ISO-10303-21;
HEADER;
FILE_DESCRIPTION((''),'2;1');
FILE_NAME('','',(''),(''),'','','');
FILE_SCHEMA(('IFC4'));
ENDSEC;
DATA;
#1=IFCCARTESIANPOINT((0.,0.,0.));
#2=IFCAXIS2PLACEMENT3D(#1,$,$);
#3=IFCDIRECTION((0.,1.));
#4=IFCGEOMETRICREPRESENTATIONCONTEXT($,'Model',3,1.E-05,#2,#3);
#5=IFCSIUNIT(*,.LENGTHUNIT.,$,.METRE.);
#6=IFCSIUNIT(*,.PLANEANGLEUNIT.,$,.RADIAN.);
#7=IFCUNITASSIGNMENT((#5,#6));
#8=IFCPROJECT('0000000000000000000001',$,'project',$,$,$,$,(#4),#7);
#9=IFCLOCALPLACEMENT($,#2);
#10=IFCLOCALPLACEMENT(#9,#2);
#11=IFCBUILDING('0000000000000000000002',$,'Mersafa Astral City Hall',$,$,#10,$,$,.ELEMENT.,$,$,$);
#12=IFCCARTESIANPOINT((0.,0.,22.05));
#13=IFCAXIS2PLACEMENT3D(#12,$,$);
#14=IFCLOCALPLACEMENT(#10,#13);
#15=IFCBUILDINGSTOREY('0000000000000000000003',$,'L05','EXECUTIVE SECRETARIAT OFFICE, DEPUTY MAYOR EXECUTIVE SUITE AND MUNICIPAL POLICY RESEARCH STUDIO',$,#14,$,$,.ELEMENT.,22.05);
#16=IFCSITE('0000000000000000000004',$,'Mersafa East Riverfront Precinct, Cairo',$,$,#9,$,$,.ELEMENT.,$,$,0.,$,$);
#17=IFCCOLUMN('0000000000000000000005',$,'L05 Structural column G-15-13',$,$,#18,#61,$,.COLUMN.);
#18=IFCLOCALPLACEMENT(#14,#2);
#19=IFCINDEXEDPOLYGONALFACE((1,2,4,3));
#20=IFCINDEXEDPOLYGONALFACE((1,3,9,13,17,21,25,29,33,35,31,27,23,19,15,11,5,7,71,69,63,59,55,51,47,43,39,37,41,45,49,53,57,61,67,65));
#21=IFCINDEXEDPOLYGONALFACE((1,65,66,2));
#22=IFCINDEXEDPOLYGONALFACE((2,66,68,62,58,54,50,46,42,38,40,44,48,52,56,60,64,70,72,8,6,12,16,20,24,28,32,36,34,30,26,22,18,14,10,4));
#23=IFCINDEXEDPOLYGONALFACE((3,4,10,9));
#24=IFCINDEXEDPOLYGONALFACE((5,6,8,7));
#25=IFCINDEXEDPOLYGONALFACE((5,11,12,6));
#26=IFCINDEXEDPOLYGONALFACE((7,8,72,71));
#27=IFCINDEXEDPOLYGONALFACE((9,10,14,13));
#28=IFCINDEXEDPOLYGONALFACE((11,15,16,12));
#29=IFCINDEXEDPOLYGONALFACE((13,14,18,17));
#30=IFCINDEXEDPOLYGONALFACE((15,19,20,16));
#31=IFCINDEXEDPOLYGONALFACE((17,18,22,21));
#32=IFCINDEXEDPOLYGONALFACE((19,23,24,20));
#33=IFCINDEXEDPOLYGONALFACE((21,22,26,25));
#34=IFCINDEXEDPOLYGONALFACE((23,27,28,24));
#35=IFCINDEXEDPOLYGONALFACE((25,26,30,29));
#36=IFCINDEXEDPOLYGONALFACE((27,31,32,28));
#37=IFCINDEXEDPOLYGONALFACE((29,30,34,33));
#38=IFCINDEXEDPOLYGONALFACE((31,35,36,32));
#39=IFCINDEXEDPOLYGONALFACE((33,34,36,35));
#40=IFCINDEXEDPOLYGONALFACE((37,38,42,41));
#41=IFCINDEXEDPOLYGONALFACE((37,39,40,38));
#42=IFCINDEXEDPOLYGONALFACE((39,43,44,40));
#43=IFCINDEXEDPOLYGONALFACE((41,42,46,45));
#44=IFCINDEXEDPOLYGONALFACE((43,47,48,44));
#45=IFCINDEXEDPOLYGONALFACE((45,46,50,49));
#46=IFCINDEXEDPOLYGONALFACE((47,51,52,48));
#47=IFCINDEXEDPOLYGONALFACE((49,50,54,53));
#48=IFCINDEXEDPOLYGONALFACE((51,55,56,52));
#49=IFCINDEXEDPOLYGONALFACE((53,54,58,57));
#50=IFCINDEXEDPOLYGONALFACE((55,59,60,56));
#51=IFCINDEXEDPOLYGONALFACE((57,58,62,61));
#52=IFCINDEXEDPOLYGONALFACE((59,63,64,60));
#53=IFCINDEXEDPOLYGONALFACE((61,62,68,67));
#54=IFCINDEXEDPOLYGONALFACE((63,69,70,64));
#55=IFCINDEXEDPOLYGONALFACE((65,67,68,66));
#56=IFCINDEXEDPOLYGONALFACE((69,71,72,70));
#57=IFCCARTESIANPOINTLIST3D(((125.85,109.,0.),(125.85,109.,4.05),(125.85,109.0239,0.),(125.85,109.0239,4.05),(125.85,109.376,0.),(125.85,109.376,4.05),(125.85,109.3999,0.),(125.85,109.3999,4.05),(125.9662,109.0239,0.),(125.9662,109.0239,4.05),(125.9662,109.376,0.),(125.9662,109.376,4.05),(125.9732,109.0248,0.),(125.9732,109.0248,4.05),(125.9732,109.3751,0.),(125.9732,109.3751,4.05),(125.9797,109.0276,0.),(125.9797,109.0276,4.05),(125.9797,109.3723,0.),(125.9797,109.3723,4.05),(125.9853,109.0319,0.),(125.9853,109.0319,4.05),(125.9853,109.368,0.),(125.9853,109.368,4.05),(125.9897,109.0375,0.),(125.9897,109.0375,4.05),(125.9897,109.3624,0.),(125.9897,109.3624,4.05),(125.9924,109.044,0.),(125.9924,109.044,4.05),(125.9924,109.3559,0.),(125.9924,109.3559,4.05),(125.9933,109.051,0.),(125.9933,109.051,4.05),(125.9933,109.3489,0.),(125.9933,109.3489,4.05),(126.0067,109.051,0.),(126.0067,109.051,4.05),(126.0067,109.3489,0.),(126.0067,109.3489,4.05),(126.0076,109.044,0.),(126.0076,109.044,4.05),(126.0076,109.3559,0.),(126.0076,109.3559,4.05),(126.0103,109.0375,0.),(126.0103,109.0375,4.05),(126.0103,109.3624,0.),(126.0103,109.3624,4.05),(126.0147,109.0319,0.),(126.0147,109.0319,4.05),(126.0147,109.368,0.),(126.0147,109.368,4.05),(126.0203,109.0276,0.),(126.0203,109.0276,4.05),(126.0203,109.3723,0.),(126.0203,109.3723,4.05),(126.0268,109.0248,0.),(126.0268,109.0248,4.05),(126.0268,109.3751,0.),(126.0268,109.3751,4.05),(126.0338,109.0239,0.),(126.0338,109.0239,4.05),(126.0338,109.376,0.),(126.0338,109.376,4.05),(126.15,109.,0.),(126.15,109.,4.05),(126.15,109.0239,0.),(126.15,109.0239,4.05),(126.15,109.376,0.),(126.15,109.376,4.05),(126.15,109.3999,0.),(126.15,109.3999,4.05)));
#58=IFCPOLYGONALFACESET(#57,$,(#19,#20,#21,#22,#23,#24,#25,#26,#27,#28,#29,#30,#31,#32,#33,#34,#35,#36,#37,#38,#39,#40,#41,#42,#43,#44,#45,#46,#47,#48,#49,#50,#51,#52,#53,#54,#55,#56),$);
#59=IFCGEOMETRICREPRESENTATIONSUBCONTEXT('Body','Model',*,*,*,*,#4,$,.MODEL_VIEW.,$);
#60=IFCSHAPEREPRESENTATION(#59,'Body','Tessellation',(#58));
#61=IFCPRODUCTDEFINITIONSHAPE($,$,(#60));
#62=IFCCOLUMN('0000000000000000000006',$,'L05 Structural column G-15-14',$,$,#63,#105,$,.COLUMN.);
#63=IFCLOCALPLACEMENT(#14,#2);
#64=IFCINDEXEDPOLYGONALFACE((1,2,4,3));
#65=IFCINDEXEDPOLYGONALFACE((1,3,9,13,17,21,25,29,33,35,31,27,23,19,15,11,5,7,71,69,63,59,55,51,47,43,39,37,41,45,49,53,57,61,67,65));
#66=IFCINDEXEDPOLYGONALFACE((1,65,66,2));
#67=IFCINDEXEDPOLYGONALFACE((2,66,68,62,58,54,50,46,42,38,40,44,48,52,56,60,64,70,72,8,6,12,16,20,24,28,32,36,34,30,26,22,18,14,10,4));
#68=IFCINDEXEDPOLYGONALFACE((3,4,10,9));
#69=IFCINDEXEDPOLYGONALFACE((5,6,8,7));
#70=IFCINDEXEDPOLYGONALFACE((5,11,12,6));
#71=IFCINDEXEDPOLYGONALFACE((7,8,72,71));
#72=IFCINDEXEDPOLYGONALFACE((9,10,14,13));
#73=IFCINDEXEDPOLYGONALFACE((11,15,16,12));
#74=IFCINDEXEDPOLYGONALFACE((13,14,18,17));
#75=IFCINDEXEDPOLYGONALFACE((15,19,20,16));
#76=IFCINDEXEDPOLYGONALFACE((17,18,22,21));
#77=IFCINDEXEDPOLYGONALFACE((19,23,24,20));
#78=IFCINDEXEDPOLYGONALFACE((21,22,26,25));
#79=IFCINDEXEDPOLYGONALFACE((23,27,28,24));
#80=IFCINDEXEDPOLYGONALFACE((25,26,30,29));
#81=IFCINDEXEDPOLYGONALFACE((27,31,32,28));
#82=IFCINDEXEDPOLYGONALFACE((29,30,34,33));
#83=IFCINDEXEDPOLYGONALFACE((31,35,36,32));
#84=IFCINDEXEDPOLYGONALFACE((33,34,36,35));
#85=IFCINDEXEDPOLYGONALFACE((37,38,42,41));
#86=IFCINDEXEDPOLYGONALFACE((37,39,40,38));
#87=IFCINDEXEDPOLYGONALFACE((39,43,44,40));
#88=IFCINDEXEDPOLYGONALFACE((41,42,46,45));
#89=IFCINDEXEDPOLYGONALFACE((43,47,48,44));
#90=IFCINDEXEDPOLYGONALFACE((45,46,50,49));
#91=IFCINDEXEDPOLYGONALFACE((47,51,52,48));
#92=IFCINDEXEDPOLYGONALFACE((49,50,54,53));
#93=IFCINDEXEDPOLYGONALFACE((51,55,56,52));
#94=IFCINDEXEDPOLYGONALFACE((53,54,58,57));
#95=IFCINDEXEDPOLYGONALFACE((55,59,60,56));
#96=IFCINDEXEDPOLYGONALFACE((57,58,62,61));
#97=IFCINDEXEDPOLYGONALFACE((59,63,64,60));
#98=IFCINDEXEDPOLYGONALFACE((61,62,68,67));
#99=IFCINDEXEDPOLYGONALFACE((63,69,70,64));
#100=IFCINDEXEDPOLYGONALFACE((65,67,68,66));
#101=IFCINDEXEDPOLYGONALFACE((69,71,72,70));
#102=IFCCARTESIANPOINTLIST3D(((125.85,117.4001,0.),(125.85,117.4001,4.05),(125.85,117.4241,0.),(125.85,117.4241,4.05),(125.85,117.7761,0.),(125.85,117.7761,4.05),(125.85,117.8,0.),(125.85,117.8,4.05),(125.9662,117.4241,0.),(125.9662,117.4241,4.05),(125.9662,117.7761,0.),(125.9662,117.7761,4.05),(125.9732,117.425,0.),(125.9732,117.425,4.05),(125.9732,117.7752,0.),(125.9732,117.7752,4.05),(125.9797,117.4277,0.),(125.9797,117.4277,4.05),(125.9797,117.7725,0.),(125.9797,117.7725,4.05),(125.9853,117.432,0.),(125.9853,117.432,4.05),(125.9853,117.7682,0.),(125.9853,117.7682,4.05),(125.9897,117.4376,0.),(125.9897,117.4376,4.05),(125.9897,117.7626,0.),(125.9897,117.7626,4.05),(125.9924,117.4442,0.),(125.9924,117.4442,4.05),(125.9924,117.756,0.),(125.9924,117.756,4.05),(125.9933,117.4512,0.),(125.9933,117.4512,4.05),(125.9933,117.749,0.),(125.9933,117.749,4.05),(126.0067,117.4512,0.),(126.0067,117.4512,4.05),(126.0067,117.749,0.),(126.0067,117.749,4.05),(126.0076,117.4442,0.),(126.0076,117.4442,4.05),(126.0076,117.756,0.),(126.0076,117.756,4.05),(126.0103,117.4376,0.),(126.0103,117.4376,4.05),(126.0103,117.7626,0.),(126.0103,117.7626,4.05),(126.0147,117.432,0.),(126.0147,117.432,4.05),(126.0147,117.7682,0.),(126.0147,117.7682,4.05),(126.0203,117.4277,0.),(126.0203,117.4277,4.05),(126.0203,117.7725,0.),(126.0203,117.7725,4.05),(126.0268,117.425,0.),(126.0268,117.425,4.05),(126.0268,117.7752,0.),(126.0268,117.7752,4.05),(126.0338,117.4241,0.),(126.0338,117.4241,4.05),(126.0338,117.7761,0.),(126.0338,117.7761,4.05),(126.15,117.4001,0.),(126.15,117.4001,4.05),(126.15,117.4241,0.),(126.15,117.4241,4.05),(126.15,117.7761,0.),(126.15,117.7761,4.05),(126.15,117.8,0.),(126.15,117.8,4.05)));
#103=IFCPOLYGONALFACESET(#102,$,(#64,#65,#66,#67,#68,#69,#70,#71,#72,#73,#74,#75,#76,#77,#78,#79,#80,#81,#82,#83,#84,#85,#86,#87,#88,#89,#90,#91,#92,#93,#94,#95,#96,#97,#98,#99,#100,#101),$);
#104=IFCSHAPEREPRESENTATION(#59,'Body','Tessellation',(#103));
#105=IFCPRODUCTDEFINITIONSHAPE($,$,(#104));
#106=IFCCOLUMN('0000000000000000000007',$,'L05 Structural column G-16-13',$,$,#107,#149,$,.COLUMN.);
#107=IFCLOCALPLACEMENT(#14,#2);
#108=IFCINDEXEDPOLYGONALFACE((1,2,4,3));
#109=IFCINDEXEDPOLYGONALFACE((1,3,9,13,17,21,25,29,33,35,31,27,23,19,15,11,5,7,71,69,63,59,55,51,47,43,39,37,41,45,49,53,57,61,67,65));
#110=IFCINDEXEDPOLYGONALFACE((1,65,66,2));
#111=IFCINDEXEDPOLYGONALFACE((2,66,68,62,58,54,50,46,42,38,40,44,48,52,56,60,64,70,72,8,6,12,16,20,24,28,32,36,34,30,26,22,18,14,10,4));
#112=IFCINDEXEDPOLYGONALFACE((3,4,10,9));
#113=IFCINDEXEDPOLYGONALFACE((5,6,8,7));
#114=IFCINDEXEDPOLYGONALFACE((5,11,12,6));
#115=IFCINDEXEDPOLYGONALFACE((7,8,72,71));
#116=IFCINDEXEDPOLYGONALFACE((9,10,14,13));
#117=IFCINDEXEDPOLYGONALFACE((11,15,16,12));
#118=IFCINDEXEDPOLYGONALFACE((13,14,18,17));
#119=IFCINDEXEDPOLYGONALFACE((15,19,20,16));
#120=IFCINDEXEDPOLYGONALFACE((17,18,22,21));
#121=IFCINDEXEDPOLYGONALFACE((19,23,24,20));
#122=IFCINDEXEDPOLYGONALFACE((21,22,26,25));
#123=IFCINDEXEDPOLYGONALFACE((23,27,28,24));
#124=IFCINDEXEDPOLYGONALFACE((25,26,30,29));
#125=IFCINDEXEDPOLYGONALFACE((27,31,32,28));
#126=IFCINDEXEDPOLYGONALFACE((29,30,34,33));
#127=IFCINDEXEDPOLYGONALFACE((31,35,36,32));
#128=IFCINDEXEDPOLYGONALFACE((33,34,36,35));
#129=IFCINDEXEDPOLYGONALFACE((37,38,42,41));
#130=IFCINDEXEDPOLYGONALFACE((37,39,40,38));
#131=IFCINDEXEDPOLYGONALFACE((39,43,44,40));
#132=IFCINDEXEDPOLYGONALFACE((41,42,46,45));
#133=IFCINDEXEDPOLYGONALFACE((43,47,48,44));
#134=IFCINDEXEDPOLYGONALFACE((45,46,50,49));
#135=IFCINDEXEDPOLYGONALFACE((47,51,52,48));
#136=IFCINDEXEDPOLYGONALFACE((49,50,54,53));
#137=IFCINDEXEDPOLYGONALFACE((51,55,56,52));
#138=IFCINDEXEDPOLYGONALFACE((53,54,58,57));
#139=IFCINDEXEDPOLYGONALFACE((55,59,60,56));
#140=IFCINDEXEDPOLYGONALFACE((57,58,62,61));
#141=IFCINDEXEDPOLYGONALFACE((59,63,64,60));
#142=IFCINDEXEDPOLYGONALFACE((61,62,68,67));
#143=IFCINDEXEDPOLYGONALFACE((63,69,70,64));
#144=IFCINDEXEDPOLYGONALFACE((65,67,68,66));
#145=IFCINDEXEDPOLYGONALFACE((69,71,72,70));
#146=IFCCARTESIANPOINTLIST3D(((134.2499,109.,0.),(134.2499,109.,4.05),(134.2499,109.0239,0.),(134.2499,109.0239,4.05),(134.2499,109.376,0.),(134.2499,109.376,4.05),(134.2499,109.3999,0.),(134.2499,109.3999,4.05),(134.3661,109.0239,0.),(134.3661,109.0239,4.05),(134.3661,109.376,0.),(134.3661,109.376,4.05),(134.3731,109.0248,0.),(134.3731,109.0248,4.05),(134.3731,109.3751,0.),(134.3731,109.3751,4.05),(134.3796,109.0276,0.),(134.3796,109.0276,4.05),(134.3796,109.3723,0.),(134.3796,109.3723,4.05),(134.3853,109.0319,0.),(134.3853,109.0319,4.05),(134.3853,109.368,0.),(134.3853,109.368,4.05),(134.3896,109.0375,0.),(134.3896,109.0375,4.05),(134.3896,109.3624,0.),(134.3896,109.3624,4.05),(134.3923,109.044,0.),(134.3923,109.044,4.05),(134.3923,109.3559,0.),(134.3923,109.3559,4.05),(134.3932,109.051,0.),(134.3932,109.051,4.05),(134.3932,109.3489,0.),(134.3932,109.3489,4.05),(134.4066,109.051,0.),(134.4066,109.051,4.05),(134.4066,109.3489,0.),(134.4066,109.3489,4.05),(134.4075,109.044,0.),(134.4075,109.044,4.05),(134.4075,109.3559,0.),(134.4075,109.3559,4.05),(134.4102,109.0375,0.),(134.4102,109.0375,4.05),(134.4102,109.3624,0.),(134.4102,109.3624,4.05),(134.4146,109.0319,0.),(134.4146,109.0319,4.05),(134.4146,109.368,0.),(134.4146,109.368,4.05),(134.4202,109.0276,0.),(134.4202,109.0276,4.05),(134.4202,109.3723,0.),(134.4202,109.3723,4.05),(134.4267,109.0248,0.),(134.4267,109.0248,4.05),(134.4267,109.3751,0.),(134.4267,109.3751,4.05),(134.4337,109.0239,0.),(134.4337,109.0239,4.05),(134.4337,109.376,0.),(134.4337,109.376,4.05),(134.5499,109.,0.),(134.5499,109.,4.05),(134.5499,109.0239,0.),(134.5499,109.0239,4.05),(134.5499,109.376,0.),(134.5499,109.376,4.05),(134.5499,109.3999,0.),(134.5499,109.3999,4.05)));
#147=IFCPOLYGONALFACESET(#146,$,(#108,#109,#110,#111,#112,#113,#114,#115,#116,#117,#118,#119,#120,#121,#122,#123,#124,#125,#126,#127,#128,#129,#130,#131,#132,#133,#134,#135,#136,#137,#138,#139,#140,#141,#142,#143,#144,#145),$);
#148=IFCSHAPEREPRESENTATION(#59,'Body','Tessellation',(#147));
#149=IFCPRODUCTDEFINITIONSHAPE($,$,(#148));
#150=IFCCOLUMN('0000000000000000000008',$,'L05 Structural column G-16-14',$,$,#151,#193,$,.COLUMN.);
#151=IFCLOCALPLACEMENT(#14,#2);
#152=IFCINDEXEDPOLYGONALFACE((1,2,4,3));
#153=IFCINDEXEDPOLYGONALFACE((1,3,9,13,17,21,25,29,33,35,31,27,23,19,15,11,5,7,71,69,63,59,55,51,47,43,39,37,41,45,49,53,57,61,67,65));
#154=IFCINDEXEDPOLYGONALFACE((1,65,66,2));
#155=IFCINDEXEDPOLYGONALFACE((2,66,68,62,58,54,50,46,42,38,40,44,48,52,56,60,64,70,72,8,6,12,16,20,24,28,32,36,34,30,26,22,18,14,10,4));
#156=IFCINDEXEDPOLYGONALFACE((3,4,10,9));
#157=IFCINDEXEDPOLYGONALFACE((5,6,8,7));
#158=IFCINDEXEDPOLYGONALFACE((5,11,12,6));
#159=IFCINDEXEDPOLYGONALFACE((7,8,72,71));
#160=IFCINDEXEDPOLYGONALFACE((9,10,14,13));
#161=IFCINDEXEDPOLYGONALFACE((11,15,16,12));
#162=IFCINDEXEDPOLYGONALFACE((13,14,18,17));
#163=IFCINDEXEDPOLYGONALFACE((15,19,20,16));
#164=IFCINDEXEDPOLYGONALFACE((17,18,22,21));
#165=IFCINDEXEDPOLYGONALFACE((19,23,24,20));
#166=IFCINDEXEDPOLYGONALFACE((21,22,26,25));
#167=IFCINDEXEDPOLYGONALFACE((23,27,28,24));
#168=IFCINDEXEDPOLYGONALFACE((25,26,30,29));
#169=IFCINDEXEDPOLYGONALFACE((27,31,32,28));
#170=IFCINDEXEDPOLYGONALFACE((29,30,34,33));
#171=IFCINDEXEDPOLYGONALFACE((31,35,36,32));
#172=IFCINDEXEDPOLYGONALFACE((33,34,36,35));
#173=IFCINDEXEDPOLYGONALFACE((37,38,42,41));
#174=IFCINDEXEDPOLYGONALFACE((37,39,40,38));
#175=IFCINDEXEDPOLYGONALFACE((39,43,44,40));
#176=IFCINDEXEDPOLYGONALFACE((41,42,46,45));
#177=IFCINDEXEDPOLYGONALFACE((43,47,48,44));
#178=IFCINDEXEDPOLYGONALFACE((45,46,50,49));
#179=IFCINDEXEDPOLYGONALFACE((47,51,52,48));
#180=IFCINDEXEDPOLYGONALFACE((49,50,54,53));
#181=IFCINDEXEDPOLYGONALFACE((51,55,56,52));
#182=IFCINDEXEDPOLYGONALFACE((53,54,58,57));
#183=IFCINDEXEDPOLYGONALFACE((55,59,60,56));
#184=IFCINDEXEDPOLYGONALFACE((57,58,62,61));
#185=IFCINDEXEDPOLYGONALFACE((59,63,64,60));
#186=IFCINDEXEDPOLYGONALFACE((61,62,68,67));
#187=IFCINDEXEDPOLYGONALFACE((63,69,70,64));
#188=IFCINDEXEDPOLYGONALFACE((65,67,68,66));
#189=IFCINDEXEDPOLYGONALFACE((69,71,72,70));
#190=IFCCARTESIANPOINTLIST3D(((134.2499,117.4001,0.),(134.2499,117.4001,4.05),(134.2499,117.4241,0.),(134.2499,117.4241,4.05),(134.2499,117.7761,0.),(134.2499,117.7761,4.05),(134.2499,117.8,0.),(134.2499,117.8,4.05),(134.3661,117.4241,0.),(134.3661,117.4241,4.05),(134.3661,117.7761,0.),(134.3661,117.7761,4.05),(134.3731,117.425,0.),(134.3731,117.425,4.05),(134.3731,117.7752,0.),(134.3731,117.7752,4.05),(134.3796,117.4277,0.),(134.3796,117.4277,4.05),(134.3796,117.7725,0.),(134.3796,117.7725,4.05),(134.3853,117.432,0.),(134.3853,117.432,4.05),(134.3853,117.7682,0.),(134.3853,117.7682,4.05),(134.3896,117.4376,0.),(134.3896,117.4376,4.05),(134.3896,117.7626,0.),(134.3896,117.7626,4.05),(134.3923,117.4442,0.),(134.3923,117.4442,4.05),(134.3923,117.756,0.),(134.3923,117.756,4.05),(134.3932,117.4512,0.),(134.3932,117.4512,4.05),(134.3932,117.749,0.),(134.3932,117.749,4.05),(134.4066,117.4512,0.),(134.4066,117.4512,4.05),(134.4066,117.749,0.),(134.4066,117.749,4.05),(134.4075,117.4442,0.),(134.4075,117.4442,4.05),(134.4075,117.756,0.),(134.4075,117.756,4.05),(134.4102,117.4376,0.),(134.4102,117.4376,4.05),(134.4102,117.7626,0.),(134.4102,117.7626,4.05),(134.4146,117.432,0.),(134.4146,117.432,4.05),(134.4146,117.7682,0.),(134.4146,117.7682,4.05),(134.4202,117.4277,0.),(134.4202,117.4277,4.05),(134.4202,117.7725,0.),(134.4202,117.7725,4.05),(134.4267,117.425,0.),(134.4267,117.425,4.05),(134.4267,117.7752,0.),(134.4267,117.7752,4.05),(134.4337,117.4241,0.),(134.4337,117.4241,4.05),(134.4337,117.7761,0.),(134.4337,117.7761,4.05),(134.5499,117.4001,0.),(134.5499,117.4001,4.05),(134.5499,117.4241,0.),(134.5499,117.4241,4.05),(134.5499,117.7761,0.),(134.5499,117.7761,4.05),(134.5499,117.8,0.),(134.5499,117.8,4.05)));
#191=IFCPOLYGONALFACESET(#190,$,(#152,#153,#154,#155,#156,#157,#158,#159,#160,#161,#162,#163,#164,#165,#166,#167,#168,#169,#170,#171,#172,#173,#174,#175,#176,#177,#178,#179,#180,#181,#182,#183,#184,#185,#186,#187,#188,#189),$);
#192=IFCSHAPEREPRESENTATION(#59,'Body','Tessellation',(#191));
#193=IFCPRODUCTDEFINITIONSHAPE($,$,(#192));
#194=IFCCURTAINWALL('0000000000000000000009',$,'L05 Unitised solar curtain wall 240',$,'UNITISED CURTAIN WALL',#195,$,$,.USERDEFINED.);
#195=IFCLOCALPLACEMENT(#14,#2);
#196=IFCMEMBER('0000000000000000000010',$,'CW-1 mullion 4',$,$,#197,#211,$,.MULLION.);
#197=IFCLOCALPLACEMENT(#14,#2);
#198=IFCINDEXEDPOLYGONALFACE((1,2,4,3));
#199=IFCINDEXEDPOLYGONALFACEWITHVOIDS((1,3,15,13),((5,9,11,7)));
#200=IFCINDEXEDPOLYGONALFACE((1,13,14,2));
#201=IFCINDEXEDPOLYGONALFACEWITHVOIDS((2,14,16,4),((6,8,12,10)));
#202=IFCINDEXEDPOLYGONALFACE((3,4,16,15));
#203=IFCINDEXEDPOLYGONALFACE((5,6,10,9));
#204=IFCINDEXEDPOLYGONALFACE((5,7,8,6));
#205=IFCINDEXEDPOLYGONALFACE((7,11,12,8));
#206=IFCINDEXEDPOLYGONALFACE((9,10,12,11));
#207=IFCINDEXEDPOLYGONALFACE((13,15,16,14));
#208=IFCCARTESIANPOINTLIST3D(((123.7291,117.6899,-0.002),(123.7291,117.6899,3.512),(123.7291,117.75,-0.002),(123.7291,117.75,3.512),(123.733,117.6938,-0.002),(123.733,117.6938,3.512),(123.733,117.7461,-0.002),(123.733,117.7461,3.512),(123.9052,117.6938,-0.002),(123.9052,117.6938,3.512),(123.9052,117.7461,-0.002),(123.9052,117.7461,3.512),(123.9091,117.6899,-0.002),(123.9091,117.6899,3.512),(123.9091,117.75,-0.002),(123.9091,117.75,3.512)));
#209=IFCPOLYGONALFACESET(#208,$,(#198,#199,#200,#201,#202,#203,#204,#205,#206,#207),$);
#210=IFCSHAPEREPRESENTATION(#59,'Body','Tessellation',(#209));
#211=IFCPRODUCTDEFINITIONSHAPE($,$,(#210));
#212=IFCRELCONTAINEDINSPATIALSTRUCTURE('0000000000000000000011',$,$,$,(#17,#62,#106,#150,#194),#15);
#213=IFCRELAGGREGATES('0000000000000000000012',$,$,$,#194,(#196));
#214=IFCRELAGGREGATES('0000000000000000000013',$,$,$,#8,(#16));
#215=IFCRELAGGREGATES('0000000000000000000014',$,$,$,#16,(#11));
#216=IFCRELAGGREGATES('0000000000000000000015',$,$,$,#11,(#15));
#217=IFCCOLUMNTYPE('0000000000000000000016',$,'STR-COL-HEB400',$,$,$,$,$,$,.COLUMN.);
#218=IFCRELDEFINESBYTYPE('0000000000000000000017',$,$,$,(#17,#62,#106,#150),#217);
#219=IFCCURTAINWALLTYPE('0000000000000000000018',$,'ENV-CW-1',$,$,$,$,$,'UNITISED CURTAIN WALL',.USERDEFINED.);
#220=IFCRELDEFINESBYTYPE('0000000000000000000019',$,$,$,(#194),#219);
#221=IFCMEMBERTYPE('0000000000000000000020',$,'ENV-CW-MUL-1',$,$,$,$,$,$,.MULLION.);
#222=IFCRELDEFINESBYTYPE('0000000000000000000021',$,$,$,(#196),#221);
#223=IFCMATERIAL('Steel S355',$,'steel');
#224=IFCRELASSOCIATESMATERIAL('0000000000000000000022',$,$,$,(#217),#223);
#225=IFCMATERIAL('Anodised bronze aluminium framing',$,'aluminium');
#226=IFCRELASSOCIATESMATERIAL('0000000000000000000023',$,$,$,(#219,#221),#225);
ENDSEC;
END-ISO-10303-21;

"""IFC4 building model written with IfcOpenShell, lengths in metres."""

from ifc_helpers import new_model, si_unit, direction, frame, origin, origin_2d, place, context, subcontext, project, spatial, hollow_rectangle, i_section, extrude, material, material_profile, profile_set, type_object, element, aggregate, save


model = new_model("IFC4")

# Units and contexts
model_context = context("Model", 3, precision=1e-05, world=origin(), true_north=direction((0.0, 1.0)))
body_context = subcontext(model_context, "Body", "Model", "MODEL_VIEW")
ifc_project = project(units=[si_unit("LENGTHUNIT", "METRE"), si_unit("PLANEANGLEUNIT", "RADIAN")], contexts=[model_context])

# Site, building, storey
site_placement = place(None, origin())
site = spatial("IfcSite", under=ifc_project, at=site_placement, Name="Mersafa East Riverfront Precinct, Cairo", CompositionType="ELEMENT", RefElevation=0.0)
building_placement = place(site_placement, origin())
building = spatial("IfcBuilding", under=site, at=building_placement, Name="Mersafa Astral City Hall", CompositionType="ELEMENT")
storey_placement = place(building_placement, frame((0.0, 0.0, 22.05)))
storey = spatial("IfcBuildingStorey", under=building, at=storey_placement, Name="L05", Description="EXECUTIVE SECRETARIAT OFFICE, DEPUTY MAYOR EXECUTIVE SUITE AND MUNICIPAL POLICY RESEARCH STUDIO", CompositionType="ELEMENT", Elevation=22.05)

# Columns
ifc_material_1 = material(Name="Steel S355", Category="steel")
ifc_material_profile_1 = material_profile(ifc_material_1, i_section(OverallWidth=0.3, OverallDepth=0.3999, WebThickness=0.0134, FlangeThickness=0.0239, FilletRadius=0.0271, at=origin_2d()), Name="HEB 400")
ifc_profile_set_1 = profile_set([ifc_material_profile_1], Name="Steel S355")
column_type = type_object("IfcColumnType", Name="STR-COL-HEB400", PredefinedType="COLUMN", material=ifc_profile_set_1)
for number, where, z_axis, x_axis, name in (
    (1, (126.0, 109.2, 0.0), (0.0, 0.0, 1.0), (1.0, 0.0, 0.0), "L05 Structural column G-15-13"),
    (2, (126.0, 117.6001, 0.0), (0.0, 0.0, 1.0), (1.0, 0.0, 0.0), "L05 Structural column G-15-14"),
    (3, (134.3999, 109.2, 0.0), (0.0, 0.0, 1.0), (1.0, 0.0, 0.0), "L05 Structural column G-16-13"),
    (4, (134.3999, 117.6001, 0.0), (0.0, 0.0, 1.0), (1.0, 0.0, 0.0), "L05 Structural column G-16-14"),
):
    element("IfcColumn", number, at=place(storey_placement, frame(where, z_axis=z_axis, x_axis=x_axis)), inside=storey, type_object=column_type, Name=name, PredefinedType="COLUMN", context=body_context, shape_type="SweptSolid", body=[
        extrude(i_section(OverallWidth=0.3, OverallDepth=0.3999, WebThickness=0.0134, FlangeThickness=0.0239, FilletRadius=0.0271, at=origin_2d()), origin(), (0.0, 0.0, 1.0), 4.05),
    ])

# Curtain wall, member
ifc_material_2 = material(Name="Anodised bronze aluminium framing", Category="aluminium")
curtain_wall_type = type_object("IfcCurtainWallType", Name="ENV-CW-1", ElementType="UNITISED CURTAIN WALL", PredefinedType="USERDEFINED", material=ifc_material_2)
curtain_wall_placement = place(storey_placement, origin())
curtain_wall = element("IfcCurtainWall", 5, at=curtain_wall_placement, inside=storey, type_object=curtain_wall_type, Name="L05 Unitised solar curtain wall 240", ObjectType="UNITISED CURTAIN WALL", PredefinedType="USERDEFINED")
ifc_material_profile_2 = material_profile(ifc_material_2, hollow_rectangle(XDim=0.0601, YDim=0.1799, WallThickness=0.0039, at=origin_2d()), Name="RHS 60x180x4")
ifc_profile_set_2 = profile_set([ifc_material_profile_2], Name="Anodised bronze aluminium framing")
member_type_1 = type_object("IfcMemberType", Name="ENV-CW-MUL-1", PredefinedType="MULLION", material=ifc_profile_set_2)
member_1_placement = place(storey_placement, frame((123.8191, 117.72, -0.002), z_axis=(0.0, 0.0, 1.0), x_axis=(0.0, 1.0, 0.0)))
member_1 = element("IfcMember", 6, at=member_1_placement, type_object=member_type_1, Name="CW-1 mullion 4", PredefinedType="MULLION", context=body_context, shape_type="SweptSolid", body=[
    extrude(hollow_rectangle(XDim=0.0601, YDim=0.1799, WallThickness=0.0039, at=origin_2d()), origin(), (0.0, 0.0, 1.0), 3.5139),
])

aggregate(curtain_wall, [member_1])

save(model, "model.ifc")
